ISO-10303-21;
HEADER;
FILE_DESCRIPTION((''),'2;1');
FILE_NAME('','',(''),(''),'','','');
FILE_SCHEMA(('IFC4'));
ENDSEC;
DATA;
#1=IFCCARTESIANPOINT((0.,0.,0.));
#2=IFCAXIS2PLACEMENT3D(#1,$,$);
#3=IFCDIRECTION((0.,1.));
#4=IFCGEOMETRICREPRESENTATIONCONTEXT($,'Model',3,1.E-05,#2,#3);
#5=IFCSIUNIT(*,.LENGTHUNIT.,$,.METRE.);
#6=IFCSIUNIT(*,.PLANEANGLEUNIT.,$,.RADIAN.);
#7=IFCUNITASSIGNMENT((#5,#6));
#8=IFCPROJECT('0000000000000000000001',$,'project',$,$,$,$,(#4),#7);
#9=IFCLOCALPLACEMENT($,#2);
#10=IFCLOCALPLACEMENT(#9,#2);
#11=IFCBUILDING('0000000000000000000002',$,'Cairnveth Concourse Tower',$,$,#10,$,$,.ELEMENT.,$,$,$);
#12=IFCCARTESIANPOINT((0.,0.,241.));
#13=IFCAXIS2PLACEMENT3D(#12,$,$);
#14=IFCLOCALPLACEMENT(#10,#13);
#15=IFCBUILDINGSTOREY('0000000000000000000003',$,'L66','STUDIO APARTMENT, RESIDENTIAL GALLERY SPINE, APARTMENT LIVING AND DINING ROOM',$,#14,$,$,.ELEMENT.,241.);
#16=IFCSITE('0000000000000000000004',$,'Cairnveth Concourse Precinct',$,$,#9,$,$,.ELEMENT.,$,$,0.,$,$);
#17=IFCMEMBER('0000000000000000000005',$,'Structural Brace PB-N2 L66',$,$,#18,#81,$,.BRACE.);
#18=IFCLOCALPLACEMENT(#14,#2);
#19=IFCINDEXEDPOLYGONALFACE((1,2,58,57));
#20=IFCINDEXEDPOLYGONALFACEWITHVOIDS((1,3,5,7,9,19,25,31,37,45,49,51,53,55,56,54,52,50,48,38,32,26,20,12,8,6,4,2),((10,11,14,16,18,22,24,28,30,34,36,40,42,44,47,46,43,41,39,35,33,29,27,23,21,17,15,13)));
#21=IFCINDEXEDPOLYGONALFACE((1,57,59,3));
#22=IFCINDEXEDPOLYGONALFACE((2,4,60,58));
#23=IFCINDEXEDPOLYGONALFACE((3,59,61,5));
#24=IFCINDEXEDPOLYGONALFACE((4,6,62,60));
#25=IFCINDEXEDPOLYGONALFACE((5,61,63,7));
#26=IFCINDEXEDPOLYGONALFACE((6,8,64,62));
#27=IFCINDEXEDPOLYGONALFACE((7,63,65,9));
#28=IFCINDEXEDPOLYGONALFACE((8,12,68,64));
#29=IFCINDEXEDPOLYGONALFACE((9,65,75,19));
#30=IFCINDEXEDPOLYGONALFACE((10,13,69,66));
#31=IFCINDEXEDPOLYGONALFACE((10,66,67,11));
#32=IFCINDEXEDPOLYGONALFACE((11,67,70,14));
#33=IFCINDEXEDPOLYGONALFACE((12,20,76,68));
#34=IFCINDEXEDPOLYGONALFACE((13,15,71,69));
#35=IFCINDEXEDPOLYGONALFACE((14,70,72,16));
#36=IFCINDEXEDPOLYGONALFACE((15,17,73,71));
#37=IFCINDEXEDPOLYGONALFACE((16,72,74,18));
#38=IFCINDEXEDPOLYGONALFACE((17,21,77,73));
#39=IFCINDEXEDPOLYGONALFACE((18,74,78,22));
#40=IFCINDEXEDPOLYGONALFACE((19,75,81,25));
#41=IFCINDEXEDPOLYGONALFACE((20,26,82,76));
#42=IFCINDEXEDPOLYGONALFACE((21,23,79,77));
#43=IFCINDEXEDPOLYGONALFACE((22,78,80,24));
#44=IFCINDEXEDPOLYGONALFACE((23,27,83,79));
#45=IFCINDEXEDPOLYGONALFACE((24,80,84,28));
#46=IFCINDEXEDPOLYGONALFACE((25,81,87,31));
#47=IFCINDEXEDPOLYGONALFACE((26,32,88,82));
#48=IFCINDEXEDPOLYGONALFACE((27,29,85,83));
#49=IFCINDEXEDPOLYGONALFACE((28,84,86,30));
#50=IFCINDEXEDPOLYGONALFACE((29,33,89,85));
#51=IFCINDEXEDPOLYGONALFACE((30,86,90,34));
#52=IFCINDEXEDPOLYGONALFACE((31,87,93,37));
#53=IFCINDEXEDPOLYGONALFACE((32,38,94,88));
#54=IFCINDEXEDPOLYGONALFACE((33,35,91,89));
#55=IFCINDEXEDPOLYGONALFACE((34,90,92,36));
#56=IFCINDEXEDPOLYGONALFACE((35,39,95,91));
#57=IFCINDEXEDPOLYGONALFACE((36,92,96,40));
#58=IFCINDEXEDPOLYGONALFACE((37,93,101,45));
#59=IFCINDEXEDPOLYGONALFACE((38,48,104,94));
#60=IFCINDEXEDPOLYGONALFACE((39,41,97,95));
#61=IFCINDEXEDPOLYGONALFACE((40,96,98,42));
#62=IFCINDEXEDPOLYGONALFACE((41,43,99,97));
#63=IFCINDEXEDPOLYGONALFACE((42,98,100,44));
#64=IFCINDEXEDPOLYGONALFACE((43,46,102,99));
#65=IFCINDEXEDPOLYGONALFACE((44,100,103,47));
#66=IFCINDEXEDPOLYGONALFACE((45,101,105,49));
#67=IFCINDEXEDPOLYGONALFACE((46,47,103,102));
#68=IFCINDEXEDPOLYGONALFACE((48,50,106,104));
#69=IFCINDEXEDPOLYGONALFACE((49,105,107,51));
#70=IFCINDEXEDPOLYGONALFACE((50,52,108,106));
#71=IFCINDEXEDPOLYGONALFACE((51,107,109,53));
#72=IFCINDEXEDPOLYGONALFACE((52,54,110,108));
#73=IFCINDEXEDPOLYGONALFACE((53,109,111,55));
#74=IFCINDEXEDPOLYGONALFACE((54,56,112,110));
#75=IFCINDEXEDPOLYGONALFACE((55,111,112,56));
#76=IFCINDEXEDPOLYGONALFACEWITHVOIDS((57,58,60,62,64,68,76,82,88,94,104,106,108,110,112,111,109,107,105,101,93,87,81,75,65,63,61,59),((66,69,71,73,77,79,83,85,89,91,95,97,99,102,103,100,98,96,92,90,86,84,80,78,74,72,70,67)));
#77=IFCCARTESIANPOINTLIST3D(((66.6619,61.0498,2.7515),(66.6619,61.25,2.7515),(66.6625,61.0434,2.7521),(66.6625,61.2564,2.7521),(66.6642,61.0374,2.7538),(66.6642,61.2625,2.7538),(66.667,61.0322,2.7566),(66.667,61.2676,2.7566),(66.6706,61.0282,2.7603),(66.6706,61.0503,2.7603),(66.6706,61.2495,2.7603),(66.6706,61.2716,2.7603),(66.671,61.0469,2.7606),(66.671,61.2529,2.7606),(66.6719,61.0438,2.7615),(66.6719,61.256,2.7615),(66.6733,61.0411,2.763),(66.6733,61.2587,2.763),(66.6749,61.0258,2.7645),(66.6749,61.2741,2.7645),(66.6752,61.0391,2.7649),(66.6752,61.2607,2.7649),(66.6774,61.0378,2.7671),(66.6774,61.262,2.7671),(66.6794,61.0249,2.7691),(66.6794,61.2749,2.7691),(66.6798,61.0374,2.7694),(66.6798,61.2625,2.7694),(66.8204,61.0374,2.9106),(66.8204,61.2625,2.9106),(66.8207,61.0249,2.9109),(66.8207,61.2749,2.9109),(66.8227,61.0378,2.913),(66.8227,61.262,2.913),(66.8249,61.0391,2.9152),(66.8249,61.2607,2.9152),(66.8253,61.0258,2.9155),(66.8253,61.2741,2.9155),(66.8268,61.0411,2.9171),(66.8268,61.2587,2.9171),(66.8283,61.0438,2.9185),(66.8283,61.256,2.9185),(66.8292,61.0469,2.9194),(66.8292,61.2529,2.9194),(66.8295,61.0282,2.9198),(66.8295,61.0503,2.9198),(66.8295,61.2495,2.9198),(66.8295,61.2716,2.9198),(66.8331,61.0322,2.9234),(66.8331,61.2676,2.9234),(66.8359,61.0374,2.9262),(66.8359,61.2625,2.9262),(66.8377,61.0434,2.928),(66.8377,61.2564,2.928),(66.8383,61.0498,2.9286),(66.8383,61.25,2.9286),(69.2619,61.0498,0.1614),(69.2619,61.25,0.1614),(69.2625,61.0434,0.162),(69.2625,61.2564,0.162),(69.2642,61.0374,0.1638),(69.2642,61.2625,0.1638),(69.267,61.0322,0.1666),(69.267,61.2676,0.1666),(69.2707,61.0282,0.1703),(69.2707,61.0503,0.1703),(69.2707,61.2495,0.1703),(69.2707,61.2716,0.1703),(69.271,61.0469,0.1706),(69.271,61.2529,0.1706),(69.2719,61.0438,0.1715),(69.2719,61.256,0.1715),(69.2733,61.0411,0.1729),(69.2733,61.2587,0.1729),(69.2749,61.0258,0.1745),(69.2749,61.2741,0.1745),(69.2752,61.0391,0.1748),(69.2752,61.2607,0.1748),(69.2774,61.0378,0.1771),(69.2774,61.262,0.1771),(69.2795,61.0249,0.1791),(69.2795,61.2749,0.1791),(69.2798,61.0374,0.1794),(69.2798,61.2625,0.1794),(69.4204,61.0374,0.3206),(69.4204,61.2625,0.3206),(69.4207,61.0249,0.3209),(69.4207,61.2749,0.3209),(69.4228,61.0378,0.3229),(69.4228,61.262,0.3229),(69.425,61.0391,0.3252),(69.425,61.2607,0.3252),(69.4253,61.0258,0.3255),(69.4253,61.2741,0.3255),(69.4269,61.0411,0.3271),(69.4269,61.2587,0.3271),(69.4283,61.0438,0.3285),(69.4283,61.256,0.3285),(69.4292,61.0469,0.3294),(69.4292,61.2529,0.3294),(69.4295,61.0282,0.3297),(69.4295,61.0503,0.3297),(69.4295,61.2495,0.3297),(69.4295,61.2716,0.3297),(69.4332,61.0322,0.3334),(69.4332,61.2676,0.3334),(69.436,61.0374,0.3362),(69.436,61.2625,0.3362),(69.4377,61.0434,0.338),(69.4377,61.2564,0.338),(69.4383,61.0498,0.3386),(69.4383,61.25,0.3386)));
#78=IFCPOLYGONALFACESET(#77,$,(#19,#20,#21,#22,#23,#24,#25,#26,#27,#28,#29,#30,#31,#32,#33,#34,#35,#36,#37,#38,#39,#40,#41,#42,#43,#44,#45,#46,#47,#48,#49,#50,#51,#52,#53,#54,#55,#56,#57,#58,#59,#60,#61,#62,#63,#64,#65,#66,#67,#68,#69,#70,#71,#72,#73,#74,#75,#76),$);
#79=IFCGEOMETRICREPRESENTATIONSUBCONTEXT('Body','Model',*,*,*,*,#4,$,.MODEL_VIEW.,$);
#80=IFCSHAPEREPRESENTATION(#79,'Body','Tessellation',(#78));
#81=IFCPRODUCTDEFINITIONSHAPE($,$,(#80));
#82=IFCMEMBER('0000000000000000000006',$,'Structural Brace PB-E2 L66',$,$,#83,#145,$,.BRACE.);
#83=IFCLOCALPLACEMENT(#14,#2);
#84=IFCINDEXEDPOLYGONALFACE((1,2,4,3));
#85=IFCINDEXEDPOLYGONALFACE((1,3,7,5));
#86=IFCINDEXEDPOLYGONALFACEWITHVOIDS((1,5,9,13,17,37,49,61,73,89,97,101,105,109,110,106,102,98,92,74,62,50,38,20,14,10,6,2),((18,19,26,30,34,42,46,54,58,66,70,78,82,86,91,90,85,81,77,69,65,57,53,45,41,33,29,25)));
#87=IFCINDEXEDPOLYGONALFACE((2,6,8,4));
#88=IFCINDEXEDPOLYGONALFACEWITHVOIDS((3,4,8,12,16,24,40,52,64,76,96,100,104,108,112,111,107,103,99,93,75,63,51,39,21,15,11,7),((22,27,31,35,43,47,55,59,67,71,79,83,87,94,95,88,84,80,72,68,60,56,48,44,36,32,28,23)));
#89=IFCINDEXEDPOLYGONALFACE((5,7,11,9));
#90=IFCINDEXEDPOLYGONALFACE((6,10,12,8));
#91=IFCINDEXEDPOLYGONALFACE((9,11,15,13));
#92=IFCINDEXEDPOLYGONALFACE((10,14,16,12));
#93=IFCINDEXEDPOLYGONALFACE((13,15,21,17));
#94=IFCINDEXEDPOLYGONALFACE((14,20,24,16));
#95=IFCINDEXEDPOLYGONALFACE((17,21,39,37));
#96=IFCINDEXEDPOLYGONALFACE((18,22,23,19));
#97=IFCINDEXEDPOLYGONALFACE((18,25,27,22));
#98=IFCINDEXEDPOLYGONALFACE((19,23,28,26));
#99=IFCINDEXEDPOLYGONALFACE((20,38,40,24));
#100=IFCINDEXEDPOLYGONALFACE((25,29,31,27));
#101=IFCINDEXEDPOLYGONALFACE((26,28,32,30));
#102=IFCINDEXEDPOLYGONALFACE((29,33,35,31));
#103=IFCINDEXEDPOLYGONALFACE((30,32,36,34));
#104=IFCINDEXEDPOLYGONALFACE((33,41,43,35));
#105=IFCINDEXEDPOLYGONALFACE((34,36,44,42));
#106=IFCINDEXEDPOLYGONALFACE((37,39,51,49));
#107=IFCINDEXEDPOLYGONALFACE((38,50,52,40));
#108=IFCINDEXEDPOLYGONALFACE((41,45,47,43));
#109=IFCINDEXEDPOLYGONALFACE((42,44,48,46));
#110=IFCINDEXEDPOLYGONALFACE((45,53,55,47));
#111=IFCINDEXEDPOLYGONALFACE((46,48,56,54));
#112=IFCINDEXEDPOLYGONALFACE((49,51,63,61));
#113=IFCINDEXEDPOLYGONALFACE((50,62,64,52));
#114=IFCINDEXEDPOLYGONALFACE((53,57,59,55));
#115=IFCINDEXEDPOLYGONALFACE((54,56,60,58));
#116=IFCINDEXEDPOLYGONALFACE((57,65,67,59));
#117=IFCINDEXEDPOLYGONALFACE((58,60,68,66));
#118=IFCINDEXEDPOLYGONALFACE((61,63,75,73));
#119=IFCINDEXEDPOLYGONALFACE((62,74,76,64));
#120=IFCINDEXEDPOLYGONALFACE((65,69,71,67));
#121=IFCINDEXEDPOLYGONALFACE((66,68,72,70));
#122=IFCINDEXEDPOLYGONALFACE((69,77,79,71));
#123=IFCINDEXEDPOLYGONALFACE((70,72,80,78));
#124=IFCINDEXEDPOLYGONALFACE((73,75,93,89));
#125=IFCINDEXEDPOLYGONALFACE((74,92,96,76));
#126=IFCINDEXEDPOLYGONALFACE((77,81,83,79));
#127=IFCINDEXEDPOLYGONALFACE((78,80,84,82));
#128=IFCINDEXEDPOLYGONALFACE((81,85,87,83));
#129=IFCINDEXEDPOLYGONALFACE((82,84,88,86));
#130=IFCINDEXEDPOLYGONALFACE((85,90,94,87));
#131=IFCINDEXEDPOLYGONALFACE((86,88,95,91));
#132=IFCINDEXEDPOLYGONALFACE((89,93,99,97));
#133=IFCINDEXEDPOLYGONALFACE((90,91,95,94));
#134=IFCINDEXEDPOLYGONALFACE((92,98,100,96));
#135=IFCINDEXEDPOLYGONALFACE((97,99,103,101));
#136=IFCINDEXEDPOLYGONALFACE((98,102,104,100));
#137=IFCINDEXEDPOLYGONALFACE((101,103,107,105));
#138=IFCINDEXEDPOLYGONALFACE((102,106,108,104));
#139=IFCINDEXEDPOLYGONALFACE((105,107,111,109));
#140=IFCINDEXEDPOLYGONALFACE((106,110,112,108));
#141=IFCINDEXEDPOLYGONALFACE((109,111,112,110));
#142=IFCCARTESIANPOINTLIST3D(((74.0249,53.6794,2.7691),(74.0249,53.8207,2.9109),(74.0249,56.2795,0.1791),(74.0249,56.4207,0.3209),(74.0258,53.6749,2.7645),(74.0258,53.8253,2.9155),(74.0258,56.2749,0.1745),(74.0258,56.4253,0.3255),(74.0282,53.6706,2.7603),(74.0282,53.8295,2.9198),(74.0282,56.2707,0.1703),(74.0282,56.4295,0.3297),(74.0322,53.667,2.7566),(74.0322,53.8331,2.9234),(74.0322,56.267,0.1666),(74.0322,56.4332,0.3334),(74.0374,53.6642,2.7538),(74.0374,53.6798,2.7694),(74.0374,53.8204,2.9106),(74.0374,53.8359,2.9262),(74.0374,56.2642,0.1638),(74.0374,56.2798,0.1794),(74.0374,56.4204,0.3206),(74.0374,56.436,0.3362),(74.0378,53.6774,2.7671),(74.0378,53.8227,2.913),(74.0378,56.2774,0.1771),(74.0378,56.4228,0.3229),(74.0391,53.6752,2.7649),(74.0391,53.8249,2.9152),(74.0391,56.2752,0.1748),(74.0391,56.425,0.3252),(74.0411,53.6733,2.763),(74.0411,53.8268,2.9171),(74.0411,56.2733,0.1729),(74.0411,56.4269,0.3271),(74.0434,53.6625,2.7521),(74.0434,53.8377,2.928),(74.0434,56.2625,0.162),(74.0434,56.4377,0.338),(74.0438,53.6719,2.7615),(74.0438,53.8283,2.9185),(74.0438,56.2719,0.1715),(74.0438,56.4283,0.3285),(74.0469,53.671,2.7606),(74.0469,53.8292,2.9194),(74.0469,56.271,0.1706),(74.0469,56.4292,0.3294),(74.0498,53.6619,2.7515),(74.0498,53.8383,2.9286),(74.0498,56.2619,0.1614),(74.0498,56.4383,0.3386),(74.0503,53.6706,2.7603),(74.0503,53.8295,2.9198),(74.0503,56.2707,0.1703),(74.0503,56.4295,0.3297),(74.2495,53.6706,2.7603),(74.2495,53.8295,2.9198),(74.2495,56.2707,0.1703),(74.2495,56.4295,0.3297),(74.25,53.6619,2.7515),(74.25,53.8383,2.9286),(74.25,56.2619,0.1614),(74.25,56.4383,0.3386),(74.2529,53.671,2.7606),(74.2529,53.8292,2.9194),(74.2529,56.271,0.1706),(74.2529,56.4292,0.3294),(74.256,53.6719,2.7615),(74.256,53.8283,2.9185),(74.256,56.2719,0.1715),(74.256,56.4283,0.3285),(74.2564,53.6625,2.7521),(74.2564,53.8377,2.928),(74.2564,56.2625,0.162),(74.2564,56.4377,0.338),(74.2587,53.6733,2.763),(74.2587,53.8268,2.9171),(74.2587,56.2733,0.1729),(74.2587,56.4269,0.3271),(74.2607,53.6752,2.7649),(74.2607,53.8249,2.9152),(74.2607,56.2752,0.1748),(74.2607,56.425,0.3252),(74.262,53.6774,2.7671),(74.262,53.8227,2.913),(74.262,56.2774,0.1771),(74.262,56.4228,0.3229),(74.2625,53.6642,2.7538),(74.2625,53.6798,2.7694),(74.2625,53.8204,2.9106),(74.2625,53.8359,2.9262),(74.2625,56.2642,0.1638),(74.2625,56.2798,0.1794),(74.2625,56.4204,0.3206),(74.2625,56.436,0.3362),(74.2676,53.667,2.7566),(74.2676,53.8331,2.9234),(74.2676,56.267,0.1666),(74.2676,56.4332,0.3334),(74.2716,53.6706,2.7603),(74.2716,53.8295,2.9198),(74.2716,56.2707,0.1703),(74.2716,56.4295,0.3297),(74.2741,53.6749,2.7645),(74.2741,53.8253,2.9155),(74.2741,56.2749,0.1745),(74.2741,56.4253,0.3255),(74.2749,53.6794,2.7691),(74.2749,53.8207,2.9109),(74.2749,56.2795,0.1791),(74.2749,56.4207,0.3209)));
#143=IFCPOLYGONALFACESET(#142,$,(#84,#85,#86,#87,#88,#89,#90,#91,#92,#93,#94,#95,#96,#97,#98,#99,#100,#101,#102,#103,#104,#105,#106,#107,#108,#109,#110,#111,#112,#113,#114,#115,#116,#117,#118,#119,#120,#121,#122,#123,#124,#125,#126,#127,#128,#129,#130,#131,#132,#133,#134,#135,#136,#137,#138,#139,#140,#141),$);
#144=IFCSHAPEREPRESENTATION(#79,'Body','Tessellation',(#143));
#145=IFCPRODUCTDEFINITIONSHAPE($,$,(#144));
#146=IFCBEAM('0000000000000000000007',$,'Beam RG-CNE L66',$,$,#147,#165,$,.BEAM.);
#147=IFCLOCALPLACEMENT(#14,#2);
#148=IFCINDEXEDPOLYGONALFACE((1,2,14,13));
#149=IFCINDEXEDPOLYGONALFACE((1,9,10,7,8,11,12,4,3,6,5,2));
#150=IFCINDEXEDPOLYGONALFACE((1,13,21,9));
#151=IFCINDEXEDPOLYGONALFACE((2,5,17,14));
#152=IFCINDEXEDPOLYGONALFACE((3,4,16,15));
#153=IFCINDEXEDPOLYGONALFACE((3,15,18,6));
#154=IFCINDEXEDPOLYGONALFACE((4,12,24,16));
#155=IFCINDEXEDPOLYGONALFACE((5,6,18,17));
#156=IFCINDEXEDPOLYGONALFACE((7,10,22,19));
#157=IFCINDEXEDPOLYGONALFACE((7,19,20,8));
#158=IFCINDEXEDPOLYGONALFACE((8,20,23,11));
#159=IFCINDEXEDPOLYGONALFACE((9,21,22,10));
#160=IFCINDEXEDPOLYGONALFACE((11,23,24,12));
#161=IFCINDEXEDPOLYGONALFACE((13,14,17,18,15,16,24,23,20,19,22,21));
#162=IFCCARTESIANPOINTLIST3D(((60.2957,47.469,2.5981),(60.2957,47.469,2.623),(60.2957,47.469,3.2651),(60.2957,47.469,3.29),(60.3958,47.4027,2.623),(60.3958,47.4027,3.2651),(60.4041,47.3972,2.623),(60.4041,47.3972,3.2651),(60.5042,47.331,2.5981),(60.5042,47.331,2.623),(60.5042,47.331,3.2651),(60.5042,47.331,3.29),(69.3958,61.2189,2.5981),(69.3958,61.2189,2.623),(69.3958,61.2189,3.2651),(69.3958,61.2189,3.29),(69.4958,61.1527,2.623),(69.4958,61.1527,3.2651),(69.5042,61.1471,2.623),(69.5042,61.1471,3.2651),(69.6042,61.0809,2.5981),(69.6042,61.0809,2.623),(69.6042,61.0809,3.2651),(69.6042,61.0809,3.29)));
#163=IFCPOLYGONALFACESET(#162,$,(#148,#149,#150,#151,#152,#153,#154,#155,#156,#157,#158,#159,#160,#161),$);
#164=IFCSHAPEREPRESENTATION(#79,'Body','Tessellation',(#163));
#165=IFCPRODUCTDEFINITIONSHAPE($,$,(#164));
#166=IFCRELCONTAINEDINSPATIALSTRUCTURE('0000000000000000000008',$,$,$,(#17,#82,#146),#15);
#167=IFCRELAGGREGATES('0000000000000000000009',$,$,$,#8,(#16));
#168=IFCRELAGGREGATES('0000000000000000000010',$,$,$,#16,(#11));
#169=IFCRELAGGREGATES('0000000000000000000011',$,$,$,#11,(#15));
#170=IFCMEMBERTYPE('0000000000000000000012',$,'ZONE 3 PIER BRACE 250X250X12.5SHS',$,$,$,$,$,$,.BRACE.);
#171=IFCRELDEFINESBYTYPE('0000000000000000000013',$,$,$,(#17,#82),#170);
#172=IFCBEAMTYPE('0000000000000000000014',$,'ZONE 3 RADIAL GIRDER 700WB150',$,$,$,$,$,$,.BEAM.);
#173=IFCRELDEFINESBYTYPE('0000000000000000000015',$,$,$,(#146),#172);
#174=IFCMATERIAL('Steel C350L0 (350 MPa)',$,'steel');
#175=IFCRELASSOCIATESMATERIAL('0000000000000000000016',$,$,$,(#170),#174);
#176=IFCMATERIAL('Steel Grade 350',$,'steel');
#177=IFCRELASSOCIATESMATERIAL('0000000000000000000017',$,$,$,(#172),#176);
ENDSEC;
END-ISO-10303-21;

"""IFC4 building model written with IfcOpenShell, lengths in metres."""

from ifc_helpers import new_model, si_unit, direction, frame, origin, origin_2d, place, context, subcontext, project, spatial, hollow_rectangle, i_section, extrude, material, material_profile, profile_set, type_object, element, save


model = new_model("IFC4")

# Units and contexts
model_context = context("Model", 3, precision=1e-05, world=origin(), true_north=direction((0.0, 1.0)))
body_context = subcontext(model_context, "Body", "Model", "MODEL_VIEW")
ifc_project = project(units=[si_unit("LENGTHUNIT", "METRE"), si_unit("PLANEANGLEUNIT", "RADIAN")], contexts=[model_context])

# Site, building, storey
site_placement = place(None, origin())
site = spatial("IfcSite", under=ifc_project, at=site_placement, Name="Cairnveth Concourse Precinct", CompositionType="ELEMENT", RefElevation=0.0)
building_placement = place(site_placement, origin())
building = spatial("IfcBuilding", under=site, at=building_placement, Name="Cairnveth Concourse Tower", CompositionType="ELEMENT")
storey_placement = place(building_placement, frame((0.0, 0.0, 241.0)))
storey = spatial("IfcBuildingStorey", under=building, at=storey_placement, Name="L66", Description="STUDIO APARTMENT, RESIDENTIAL GALLERY SPINE, APARTMENT LIVING AND DINING ROOM", CompositionType="ELEMENT", Elevation=241.0)

# Shared definitions
ifc_material_1 = material(Name="Steel Grade 350", Category="steel")

# Members
ifc_material_2 = material(Name="Steel C350L0 (350 MPa)", Category="steel")
ifc_material_profile_1 = material_profile(ifc_material_2, hollow_rectangle(XDim=0.25, YDim=0.25, WallThickness=0.0125, InnerFilletRadius=0.0129, OuterFilletRadius=0.0249, at=origin_2d()), Name="250x250x12.5SHS")
ifc_profile_set_1 = profile_set([ifc_material_profile_1], Name="Steel C350L0 (350 MPa)")
member_type = type_object("IfcMemberType", Name="ZONE 3 PIER BRACE 250X250X12.5SHS", PredefinedType="BRACE", material=ifc_profile_set_1)
for number, where, z_axis, x_axis, name in (
    (1, (69.3501, 61.1499, 0.25), (-0.708469, 0.0, 0.705742), (0.0, -1.0, 0.0), "Structural Brace PB-N2 L66"),
    (2, (74.1499, 56.3501, 0.25), (0.0, -0.708469, 0.705742), (1.0, 0.0, 0.0), "Structural Brace PB-E2 L66"),
):
    element("IfcMember", number, at=place(storey_placement, frame(where, z_axis=z_axis, x_axis=x_axis)), inside=storey, type_object=member_type, Name=name, PredefinedType="BRACE", context=body_context, shape_type="SweptSolid", body=[
        extrude(hollow_rectangle(XDim=0.25, YDim=0.25, WallThickness=0.0125, InnerFilletRadius=0.0129, OuterFilletRadius=0.0249, at=origin_2d()), origin(), (0.0, 0.0, 1.0), 3.6699),
    ])

# Beam
ifc_material_profile_2 = material_profile(ifc_material_1, i_section(OverallWidth=0.25, OverallDepth=0.6919, WebThickness=0.01, FlangeThickness=0.0249, at=origin_2d()), Name="700WB150")
ifc_profile_set_2 = profile_set([ifc_material_profile_2], Name="Steel Grade 350")
beam_type_1 = type_object("IfcBeamType", Name="ZONE 3 RADIAL GIRDER 700WB150", PredefinedType="BEAM", material=ifc_profile_set_2)
beam_1_placement = place(storey_placement, frame((69.5, 61.1499, 2.9441), z_axis=(-0.551902, -0.833909, 0.0), x_axis=(0.833909, -0.551902, 0.0)))
element("IfcBeam", 3, at=beam_1_placement, inside=storey, type_object=beam_type_1, Name="Beam RG-CNE L66", PredefinedType="BEAM", context=body_context, shape_type="SweptSolid", body=[
    extrude(i_section(OverallWidth=0.25, OverallDepth=0.6919, WebThickness=0.01, FlangeThickness=0.0249, at=origin_2d()), origin(), (0.0, 0.0, 1.0), 16.4885),
])

save(model, "model.ifc")
